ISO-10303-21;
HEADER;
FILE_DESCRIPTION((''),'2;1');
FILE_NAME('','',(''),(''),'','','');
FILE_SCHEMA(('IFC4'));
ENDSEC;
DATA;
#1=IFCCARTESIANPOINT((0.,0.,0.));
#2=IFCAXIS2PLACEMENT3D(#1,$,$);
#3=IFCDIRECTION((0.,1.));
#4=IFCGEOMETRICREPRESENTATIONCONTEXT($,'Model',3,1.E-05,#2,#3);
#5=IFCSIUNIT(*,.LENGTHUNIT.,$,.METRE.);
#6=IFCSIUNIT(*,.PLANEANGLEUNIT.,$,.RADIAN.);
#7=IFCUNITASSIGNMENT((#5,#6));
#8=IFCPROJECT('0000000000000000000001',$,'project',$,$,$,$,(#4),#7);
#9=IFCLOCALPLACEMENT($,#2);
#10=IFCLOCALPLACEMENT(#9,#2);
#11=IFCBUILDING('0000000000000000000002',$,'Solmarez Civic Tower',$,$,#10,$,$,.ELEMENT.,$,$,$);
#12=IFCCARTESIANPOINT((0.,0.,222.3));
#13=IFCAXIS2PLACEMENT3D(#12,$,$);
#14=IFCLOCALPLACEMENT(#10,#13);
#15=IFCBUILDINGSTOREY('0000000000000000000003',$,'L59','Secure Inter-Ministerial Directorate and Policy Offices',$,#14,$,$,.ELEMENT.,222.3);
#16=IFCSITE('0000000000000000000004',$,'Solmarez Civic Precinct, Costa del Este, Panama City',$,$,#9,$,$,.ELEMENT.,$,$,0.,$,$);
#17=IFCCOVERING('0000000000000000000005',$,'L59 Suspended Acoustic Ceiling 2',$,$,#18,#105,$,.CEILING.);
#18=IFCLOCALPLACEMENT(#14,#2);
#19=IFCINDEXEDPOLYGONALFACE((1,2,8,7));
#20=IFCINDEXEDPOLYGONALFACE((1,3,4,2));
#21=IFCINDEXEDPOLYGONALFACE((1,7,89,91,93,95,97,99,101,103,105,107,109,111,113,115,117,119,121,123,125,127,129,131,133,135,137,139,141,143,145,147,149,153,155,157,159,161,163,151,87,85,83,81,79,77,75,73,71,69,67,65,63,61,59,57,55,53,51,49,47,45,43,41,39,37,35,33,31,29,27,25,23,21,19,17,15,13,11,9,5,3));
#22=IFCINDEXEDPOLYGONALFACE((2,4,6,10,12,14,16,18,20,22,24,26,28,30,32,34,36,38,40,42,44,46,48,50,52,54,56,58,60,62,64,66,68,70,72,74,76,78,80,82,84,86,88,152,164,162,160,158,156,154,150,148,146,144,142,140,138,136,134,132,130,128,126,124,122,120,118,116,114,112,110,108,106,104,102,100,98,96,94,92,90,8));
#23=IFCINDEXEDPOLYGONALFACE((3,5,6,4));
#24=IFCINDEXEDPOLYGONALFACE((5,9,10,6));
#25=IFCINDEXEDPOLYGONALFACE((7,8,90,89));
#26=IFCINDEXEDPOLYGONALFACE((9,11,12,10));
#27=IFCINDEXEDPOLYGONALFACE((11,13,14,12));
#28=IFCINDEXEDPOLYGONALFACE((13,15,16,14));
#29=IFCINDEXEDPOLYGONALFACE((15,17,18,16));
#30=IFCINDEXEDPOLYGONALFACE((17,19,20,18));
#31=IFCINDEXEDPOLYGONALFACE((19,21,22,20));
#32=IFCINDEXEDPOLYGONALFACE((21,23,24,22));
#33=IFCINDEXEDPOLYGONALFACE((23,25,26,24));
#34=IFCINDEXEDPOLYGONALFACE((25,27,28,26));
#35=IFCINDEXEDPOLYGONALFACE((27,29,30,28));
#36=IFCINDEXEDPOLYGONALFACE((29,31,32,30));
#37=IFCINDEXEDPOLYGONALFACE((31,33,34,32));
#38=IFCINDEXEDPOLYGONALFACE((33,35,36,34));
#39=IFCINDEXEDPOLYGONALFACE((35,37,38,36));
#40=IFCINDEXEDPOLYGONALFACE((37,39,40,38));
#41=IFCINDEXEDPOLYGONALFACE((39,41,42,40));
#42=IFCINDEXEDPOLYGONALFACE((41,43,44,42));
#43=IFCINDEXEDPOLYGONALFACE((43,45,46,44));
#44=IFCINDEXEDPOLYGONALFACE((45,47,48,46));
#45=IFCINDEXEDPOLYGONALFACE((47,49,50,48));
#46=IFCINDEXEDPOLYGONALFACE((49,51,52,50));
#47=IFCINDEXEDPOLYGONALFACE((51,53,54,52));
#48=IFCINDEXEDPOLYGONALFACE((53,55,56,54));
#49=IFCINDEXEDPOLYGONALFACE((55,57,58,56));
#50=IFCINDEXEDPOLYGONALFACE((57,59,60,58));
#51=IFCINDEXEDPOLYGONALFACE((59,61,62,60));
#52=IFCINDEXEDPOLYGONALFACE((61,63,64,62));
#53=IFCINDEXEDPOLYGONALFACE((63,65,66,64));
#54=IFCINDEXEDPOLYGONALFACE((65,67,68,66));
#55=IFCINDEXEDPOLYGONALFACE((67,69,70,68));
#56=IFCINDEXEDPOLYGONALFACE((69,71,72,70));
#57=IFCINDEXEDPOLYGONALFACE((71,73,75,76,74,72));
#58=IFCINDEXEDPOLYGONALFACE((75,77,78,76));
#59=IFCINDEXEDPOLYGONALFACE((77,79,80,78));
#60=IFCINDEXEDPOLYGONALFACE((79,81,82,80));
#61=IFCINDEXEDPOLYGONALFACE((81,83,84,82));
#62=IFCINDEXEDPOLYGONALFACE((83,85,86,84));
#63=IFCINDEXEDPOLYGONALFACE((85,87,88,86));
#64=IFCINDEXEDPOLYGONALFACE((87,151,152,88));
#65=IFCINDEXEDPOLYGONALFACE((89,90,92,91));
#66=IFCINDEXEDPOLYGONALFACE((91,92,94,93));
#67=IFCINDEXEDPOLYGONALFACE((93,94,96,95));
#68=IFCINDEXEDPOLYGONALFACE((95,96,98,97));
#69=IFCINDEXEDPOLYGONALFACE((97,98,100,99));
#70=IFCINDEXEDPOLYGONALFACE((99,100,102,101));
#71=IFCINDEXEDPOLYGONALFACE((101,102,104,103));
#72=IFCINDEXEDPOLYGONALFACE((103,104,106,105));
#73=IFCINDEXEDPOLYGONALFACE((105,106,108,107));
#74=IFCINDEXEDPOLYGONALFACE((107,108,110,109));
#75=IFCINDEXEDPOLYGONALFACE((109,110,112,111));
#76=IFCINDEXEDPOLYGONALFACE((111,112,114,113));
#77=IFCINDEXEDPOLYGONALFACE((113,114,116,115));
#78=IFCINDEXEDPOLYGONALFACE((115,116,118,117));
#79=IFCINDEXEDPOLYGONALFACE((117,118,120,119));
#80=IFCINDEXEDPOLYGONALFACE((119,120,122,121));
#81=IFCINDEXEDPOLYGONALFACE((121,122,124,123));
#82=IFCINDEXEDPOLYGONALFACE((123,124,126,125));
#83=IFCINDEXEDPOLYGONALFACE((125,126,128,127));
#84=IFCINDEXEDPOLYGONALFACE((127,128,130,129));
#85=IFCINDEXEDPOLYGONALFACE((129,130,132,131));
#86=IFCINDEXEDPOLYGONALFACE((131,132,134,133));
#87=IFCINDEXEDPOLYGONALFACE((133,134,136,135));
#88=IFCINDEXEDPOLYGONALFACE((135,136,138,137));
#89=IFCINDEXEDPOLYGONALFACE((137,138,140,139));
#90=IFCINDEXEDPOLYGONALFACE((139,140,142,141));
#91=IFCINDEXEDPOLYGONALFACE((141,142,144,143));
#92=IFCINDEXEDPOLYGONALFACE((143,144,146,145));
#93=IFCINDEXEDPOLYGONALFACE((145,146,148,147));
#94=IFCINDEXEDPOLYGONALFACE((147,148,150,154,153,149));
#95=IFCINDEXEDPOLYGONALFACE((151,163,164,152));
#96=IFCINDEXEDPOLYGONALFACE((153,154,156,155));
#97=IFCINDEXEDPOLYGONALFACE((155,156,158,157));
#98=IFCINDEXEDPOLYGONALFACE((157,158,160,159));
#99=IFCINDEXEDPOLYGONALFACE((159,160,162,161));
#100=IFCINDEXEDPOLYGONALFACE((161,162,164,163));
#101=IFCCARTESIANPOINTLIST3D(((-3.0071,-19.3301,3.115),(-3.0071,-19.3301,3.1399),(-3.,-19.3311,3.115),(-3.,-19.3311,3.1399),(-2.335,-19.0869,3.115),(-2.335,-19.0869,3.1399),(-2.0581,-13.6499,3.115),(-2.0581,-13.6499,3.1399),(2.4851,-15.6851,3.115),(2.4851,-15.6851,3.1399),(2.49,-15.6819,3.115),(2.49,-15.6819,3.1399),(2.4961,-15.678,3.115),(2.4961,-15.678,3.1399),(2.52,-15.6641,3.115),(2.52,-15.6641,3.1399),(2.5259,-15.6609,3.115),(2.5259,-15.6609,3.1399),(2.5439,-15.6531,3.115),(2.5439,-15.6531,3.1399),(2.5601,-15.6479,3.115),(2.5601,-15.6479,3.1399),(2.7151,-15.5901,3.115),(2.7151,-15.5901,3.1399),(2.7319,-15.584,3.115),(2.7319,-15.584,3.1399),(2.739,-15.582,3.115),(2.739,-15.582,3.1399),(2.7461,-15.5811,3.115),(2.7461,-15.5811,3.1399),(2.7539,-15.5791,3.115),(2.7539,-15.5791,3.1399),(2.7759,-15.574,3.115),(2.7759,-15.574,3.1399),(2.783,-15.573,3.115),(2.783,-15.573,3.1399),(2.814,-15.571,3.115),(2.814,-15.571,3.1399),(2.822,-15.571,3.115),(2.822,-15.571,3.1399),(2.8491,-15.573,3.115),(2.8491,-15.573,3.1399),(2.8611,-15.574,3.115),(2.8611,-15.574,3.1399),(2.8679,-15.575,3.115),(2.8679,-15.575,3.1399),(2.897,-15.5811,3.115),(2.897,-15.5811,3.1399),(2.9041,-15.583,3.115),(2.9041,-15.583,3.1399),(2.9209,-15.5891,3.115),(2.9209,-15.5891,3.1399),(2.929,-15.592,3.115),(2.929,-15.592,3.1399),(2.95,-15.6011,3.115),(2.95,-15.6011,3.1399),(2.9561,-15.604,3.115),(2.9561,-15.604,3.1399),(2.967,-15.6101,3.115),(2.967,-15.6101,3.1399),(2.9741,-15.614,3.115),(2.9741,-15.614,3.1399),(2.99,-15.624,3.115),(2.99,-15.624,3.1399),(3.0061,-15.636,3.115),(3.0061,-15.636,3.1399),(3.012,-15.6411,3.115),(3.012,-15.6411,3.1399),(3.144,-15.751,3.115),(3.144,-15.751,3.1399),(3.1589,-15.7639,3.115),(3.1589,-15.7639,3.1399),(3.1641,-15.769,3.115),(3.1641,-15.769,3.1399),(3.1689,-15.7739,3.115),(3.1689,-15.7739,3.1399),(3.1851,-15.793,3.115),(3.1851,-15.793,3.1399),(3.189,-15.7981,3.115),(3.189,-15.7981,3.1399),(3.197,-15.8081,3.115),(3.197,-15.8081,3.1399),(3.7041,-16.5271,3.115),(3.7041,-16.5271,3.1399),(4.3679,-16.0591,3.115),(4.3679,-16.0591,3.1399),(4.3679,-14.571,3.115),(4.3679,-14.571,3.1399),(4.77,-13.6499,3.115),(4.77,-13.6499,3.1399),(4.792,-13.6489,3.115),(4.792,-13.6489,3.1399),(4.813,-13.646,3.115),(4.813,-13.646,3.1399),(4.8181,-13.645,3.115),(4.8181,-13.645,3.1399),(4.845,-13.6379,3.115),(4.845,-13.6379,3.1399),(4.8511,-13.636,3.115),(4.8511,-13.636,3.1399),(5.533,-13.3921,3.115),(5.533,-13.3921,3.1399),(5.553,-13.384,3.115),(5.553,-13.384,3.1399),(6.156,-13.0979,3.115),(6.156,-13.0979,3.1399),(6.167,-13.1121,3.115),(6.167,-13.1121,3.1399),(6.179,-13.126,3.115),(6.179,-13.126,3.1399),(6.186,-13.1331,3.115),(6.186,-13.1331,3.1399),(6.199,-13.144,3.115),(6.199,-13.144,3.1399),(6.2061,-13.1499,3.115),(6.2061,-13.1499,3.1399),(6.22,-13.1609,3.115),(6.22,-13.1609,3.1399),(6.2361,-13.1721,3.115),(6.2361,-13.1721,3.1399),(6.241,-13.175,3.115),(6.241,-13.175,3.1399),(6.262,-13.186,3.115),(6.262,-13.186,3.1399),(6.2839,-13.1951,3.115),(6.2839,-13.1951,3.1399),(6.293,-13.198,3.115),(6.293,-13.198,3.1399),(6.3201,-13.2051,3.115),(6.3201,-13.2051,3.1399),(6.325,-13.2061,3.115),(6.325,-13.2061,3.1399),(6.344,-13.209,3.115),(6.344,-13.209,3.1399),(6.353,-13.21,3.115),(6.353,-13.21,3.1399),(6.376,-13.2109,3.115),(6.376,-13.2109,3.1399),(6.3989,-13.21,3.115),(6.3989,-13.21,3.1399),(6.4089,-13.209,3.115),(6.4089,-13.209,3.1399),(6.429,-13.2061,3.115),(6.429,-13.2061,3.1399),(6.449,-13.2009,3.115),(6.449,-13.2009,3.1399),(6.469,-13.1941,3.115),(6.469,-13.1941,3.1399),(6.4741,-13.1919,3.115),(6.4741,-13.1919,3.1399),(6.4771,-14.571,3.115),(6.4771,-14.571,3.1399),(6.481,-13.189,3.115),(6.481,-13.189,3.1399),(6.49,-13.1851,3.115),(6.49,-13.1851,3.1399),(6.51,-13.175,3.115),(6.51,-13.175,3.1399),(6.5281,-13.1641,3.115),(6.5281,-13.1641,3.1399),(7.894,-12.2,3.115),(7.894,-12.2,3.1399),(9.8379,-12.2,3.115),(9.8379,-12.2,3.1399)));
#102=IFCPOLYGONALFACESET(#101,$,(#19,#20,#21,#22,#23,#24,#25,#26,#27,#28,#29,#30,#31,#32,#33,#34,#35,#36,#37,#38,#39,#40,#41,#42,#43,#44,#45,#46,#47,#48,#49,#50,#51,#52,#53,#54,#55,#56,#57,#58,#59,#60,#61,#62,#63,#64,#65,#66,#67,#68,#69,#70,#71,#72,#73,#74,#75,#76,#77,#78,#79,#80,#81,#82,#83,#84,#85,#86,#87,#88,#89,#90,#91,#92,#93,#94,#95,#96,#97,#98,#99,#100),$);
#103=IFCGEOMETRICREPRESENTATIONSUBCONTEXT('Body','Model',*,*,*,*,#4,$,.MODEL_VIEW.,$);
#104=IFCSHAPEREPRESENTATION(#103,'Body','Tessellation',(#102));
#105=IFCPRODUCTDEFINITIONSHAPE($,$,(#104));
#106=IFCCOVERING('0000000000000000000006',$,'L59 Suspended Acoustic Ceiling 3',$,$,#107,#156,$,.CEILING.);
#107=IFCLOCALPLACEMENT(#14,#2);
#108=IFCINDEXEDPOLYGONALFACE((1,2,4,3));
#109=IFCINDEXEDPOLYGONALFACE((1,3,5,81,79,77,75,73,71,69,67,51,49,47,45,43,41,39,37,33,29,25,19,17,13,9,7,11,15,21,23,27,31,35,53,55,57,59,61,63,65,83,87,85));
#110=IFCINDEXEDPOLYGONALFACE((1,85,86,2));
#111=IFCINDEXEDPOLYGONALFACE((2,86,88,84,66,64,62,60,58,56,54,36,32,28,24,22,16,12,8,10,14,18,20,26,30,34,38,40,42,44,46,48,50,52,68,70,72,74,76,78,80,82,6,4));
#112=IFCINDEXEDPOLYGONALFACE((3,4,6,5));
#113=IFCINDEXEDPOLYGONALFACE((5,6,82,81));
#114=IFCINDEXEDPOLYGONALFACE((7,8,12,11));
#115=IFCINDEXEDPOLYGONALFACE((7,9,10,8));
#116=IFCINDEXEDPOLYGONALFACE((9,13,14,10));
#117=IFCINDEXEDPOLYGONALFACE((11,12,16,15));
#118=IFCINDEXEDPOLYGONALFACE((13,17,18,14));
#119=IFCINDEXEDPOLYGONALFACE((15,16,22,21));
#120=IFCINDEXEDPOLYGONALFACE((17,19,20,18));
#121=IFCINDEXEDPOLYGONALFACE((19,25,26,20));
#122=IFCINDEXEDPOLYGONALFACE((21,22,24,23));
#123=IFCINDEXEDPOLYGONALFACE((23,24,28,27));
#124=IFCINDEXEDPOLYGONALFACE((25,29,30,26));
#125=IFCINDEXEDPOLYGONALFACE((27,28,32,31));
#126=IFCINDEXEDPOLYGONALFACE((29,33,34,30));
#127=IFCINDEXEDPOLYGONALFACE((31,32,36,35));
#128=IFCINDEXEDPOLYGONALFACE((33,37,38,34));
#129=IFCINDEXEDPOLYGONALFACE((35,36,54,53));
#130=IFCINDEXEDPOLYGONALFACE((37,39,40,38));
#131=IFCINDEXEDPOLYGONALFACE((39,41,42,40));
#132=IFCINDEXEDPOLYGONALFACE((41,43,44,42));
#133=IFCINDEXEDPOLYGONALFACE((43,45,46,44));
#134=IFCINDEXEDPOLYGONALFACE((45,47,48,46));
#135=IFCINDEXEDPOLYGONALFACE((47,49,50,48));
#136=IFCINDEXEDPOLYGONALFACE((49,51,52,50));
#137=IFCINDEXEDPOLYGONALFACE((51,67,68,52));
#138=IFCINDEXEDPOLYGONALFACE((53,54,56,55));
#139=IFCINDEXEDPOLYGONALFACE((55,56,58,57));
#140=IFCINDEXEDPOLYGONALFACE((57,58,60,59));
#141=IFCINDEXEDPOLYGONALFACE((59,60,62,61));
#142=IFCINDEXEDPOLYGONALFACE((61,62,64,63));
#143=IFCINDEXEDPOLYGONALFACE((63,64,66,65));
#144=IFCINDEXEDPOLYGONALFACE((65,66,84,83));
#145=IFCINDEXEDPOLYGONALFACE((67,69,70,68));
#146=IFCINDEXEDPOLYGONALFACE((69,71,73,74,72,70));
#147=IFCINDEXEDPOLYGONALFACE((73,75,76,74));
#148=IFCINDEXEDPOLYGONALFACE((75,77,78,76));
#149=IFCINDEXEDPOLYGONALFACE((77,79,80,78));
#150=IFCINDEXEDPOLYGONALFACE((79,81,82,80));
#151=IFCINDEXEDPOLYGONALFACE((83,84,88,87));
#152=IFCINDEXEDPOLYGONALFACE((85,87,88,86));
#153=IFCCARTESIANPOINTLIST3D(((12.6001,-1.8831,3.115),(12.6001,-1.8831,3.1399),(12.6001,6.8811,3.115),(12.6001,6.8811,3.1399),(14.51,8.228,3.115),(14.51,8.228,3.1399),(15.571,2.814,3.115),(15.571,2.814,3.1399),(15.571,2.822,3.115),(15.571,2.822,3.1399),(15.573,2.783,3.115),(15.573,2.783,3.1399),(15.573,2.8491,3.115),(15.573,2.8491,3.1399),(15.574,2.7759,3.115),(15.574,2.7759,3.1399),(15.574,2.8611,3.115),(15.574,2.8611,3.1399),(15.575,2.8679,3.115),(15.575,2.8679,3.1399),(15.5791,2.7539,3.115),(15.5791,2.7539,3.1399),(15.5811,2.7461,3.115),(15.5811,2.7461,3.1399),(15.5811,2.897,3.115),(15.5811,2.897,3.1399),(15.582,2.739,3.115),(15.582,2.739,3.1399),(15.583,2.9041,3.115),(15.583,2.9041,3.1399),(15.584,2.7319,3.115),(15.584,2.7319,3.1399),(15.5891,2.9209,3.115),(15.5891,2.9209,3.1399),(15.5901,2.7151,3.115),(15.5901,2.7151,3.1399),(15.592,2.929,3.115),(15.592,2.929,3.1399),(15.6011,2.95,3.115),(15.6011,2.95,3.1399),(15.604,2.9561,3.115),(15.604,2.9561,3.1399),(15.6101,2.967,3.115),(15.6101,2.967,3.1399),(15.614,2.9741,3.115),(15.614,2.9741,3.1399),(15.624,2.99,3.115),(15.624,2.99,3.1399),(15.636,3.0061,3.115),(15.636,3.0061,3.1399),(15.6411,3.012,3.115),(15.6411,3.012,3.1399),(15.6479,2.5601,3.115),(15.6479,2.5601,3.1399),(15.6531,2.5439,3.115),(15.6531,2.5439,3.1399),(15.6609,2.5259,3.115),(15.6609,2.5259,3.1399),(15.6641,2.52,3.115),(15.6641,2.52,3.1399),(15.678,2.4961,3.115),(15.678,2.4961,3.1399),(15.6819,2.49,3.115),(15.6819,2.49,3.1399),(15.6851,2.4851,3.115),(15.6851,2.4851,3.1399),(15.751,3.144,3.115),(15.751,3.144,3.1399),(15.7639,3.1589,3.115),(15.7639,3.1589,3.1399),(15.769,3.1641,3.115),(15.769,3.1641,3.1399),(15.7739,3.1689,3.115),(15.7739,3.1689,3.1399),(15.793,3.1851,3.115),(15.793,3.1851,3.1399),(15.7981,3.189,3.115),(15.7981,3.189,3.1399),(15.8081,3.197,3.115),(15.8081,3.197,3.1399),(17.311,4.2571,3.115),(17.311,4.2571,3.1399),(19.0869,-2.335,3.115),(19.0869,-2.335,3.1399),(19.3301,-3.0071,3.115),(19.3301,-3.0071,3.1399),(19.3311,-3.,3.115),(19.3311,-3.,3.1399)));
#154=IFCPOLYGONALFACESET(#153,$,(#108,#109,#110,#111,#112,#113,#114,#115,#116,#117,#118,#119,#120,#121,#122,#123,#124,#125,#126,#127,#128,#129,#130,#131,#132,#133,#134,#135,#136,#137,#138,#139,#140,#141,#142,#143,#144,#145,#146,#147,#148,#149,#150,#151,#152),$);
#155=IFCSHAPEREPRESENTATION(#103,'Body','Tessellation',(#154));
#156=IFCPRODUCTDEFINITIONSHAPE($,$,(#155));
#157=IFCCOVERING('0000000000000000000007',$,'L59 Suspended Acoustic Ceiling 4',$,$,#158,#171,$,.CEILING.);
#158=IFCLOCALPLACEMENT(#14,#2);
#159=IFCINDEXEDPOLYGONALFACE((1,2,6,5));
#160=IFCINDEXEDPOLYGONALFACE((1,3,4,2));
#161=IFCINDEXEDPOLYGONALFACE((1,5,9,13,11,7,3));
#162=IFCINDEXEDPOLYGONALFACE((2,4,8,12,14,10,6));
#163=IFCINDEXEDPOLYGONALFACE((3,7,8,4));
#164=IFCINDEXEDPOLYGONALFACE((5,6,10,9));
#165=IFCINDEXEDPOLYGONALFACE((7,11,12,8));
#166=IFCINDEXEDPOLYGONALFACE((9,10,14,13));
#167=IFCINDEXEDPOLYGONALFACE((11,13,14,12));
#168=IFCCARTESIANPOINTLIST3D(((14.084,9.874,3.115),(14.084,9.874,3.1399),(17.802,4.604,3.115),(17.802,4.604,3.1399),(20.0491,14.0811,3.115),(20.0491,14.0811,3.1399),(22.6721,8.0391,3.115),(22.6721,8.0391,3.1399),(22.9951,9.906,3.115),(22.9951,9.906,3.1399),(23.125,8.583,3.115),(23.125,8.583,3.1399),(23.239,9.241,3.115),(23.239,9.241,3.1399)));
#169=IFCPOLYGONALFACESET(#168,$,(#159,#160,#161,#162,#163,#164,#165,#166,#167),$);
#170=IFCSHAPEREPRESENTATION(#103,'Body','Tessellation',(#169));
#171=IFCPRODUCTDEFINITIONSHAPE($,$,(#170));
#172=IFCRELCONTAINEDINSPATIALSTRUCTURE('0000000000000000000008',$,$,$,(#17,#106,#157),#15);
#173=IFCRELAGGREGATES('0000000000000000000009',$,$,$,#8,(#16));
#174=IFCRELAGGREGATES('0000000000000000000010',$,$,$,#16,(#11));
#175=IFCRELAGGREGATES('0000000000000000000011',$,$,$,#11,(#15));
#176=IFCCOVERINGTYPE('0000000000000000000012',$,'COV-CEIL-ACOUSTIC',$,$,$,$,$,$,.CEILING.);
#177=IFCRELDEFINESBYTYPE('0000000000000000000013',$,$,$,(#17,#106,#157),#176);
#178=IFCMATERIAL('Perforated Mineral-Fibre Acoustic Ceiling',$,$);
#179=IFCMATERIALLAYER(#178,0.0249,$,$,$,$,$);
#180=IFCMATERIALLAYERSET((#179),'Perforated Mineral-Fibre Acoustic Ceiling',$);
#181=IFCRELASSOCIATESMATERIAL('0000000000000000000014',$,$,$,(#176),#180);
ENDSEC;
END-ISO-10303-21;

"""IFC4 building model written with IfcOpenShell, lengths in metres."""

from ifc_helpers import new_model, si_unit, direction, frame, origin, place, context, subcontext, project, spatial, polyline, outline, extrude, material, layer, layer_set, type_object, element, save


model = new_model("IFC4")

# Units and contexts
model_context = context("Model", 3, precision=1e-05, world=origin(), true_north=direction((0.0, 1.0)))
body_context = subcontext(model_context, "Body", "Model", "MODEL_VIEW")
ifc_project = project(units=[si_unit("LENGTHUNIT", "METRE"), si_unit("PLANEANGLEUNIT", "RADIAN")], contexts=[model_context])

# Site, building, storey
site_placement = place(None, origin())
site = spatial("IfcSite", under=ifc_project, at=site_placement, Name="Solmarez Civic Precinct, Costa del Este, Panama City", CompositionType="ELEMENT", RefElevation=0.0)
building_placement = place(site_placement, origin())
building = spatial("IfcBuilding", under=site, at=building_placement, Name="Solmarez Civic Tower", CompositionType="ELEMENT")
storey_placement = place(building_placement, frame((0.0, 0.0, 222.3)))
storey = spatial("IfcBuildingStorey", under=building, at=storey_placement, Name="L59", Description="Secure Inter-Ministerial Directorate and Policy Offices", CompositionType="ELEMENT", Elevation=222.3)

# Coverings
ifc_material_1 = material(Name="Perforated Mineral-Fibre Acoustic Ceiling")
ifc_layer_1 = layer(ifc_material_1, 0.0249)
ifc_layer_set_1 = layer_set([ifc_layer_1], Name="Perforated Mineral-Fibre Acoustic Ceiling")
covering_type_1 = type_object("IfcCoveringType", Name="COV-CEIL-ACOUSTIC", PredefinedType="CEILING", material=ifc_layer_set_1)
covering_1_placement = place(storey_placement, frame((0.0, 0.0, 3.115)))
element("IfcCovering", 1, at=covering_1_placement, inside=storey, type_object=covering_type_1, Name="L59 Suspended Acoustic Ceiling 2", PredefinedType="CEILING", context=body_context, shape_type="SweptSolid", body=[
    extrude(outline(polyline([(2.5601, -15.6479), (2.7151, -15.5901), (2.7319, -15.584), (2.739, -15.582), (2.7461, -15.5811), (2.7539, -15.5791), (2.7759, -15.574), (2.783, -15.573), (2.814, -15.571), (2.822, -15.571), (2.8491, -15.573), (2.8611, -15.574), (2.8679, -15.575), (2.897, -15.5811), (2.9041, -15.583), (2.9209, -15.5891), (2.929, -15.592), (2.95, -15.6011), (2.9561, -15.604), (2.967, -15.6101), (2.9741, -15.614), (2.99, -15.624), (3.0061, -15.636), (3.012, -15.6411), (3.144, -15.751), (3.1589, -15.7639), (3.1641, -15.769), (3.1689, -15.7739), (3.1851, -15.793), (3.189, -15.7981), (3.197, -15.8081), (3.7041, -16.5271), (4.3679, -16.0591), (4.3679, -14.571), (6.4771, -14.571), (9.8379, -12.2), (7.894, -12.2), (6.5281, -13.1641), (6.51, -13.175), (6.49, -13.1851), (6.481, -13.189), (6.4741, -13.1919), (6.469, -13.1941), (6.449, -13.2009), (6.429, -13.2061), (6.4089, -13.209), (6.3989, -13.21), (6.376, -13.2109), (6.353, -13.21), (6.344, -13.209), (6.325, -13.2061), (6.3201, -13.2051), (6.293, -13.198), (6.2839, -13.1951), (6.262, -13.186), (6.241, -13.175), (6.2361, -13.1721), (6.22, -13.1609), (6.2061, -13.1499), (6.199, -13.144), (6.186, -13.1331), (6.179, -13.126), (6.167, -13.1121), (6.156, -13.0979), (5.553, -13.384), (5.533, -13.3921), (4.8511, -13.636), (4.845, -13.6379), (4.8181, -13.645), (4.813, -13.646), (4.792, -13.6489), (4.77, -13.6499), (-2.0581, -13.6499), (-3.0071, -19.3301), (-3.0, -19.3311), (-2.335, -19.0869), (2.4851, -15.6851), (2.49, -15.6819), (2.4961, -15.678), (2.52, -15.6641), (2.5259, -15.6609), (2.5439, -15.6531), (2.5601, -15.6479)])), origin(), (0.0, 0.0, 1.0), 0.0249),
])
covering_2_placement = place(storey_placement, frame((0.0, 0.0, 3.115)))
element("IfcCovering", 2, at=covering_2_placement, inside=storey, type_object=covering_type_1, Name="L59 Suspended Acoustic Ceiling 3", PredefinedType="CEILING", context=body_context, shape_type="SweptSolid", body=[
    extrude(outline(polyline([(12.6001, 6.8811), (12.6001, -1.8831), (19.3301, -3.0071), (19.3311, -3.0), (19.0869, -2.335), (15.6851, 2.4851), (15.6819, 2.49), (15.678, 2.4961), (15.6641, 2.52), (15.6609, 2.5259), (15.6531, 2.5439), (15.6479, 2.5601), (15.5901, 2.7151), (15.584, 2.7319), (15.582, 2.739), (15.5811, 2.7461), (15.5791, 2.7539), (15.574, 2.7759), (15.573, 2.783), (15.571, 2.814), (15.571, 2.822), (15.573, 2.8491), (15.574, 2.8611), (15.575, 2.8679), (15.5811, 2.897), (15.583, 2.9041), (15.5891, 2.9209), (15.592, 2.929), (15.6011, 2.95), (15.604, 2.9561), (15.6101, 2.967), (15.614, 2.9741), (15.624, 2.99), (15.636, 3.0061), (15.6411, 3.012), (15.751, 3.144), (15.7639, 3.1589), (15.769, 3.1641), (15.7739, 3.1689), (15.793, 3.1851), (15.7981, 3.189), (15.8081, 3.197), (17.311, 4.2571), (14.51, 8.228), (12.6001, 6.8811)])), origin(), (0.0, 0.0, 1.0), 0.0249),
])
covering_3_placement = place(storey_placement, frame((0.0, 0.0, 3.115)))
element("IfcCovering", 3, at=covering_3_placement, inside=storey, type_object=covering_type_1, Name="L59 Suspended Acoustic Ceiling 4", PredefinedType="CEILING", context=body_context, shape_type="SweptSolid", body=[
    extrude(outline(polyline([(17.802, 4.604), (22.6721, 8.0391), (23.125, 8.583), (23.239, 9.241), (22.9951, 9.906), (20.0491, 14.0811), (14.084, 9.874), (17.802, 4.604)])), origin(), (0.0, 0.0, 1.0), 0.0249),
])

save(model, "model.ifc")
